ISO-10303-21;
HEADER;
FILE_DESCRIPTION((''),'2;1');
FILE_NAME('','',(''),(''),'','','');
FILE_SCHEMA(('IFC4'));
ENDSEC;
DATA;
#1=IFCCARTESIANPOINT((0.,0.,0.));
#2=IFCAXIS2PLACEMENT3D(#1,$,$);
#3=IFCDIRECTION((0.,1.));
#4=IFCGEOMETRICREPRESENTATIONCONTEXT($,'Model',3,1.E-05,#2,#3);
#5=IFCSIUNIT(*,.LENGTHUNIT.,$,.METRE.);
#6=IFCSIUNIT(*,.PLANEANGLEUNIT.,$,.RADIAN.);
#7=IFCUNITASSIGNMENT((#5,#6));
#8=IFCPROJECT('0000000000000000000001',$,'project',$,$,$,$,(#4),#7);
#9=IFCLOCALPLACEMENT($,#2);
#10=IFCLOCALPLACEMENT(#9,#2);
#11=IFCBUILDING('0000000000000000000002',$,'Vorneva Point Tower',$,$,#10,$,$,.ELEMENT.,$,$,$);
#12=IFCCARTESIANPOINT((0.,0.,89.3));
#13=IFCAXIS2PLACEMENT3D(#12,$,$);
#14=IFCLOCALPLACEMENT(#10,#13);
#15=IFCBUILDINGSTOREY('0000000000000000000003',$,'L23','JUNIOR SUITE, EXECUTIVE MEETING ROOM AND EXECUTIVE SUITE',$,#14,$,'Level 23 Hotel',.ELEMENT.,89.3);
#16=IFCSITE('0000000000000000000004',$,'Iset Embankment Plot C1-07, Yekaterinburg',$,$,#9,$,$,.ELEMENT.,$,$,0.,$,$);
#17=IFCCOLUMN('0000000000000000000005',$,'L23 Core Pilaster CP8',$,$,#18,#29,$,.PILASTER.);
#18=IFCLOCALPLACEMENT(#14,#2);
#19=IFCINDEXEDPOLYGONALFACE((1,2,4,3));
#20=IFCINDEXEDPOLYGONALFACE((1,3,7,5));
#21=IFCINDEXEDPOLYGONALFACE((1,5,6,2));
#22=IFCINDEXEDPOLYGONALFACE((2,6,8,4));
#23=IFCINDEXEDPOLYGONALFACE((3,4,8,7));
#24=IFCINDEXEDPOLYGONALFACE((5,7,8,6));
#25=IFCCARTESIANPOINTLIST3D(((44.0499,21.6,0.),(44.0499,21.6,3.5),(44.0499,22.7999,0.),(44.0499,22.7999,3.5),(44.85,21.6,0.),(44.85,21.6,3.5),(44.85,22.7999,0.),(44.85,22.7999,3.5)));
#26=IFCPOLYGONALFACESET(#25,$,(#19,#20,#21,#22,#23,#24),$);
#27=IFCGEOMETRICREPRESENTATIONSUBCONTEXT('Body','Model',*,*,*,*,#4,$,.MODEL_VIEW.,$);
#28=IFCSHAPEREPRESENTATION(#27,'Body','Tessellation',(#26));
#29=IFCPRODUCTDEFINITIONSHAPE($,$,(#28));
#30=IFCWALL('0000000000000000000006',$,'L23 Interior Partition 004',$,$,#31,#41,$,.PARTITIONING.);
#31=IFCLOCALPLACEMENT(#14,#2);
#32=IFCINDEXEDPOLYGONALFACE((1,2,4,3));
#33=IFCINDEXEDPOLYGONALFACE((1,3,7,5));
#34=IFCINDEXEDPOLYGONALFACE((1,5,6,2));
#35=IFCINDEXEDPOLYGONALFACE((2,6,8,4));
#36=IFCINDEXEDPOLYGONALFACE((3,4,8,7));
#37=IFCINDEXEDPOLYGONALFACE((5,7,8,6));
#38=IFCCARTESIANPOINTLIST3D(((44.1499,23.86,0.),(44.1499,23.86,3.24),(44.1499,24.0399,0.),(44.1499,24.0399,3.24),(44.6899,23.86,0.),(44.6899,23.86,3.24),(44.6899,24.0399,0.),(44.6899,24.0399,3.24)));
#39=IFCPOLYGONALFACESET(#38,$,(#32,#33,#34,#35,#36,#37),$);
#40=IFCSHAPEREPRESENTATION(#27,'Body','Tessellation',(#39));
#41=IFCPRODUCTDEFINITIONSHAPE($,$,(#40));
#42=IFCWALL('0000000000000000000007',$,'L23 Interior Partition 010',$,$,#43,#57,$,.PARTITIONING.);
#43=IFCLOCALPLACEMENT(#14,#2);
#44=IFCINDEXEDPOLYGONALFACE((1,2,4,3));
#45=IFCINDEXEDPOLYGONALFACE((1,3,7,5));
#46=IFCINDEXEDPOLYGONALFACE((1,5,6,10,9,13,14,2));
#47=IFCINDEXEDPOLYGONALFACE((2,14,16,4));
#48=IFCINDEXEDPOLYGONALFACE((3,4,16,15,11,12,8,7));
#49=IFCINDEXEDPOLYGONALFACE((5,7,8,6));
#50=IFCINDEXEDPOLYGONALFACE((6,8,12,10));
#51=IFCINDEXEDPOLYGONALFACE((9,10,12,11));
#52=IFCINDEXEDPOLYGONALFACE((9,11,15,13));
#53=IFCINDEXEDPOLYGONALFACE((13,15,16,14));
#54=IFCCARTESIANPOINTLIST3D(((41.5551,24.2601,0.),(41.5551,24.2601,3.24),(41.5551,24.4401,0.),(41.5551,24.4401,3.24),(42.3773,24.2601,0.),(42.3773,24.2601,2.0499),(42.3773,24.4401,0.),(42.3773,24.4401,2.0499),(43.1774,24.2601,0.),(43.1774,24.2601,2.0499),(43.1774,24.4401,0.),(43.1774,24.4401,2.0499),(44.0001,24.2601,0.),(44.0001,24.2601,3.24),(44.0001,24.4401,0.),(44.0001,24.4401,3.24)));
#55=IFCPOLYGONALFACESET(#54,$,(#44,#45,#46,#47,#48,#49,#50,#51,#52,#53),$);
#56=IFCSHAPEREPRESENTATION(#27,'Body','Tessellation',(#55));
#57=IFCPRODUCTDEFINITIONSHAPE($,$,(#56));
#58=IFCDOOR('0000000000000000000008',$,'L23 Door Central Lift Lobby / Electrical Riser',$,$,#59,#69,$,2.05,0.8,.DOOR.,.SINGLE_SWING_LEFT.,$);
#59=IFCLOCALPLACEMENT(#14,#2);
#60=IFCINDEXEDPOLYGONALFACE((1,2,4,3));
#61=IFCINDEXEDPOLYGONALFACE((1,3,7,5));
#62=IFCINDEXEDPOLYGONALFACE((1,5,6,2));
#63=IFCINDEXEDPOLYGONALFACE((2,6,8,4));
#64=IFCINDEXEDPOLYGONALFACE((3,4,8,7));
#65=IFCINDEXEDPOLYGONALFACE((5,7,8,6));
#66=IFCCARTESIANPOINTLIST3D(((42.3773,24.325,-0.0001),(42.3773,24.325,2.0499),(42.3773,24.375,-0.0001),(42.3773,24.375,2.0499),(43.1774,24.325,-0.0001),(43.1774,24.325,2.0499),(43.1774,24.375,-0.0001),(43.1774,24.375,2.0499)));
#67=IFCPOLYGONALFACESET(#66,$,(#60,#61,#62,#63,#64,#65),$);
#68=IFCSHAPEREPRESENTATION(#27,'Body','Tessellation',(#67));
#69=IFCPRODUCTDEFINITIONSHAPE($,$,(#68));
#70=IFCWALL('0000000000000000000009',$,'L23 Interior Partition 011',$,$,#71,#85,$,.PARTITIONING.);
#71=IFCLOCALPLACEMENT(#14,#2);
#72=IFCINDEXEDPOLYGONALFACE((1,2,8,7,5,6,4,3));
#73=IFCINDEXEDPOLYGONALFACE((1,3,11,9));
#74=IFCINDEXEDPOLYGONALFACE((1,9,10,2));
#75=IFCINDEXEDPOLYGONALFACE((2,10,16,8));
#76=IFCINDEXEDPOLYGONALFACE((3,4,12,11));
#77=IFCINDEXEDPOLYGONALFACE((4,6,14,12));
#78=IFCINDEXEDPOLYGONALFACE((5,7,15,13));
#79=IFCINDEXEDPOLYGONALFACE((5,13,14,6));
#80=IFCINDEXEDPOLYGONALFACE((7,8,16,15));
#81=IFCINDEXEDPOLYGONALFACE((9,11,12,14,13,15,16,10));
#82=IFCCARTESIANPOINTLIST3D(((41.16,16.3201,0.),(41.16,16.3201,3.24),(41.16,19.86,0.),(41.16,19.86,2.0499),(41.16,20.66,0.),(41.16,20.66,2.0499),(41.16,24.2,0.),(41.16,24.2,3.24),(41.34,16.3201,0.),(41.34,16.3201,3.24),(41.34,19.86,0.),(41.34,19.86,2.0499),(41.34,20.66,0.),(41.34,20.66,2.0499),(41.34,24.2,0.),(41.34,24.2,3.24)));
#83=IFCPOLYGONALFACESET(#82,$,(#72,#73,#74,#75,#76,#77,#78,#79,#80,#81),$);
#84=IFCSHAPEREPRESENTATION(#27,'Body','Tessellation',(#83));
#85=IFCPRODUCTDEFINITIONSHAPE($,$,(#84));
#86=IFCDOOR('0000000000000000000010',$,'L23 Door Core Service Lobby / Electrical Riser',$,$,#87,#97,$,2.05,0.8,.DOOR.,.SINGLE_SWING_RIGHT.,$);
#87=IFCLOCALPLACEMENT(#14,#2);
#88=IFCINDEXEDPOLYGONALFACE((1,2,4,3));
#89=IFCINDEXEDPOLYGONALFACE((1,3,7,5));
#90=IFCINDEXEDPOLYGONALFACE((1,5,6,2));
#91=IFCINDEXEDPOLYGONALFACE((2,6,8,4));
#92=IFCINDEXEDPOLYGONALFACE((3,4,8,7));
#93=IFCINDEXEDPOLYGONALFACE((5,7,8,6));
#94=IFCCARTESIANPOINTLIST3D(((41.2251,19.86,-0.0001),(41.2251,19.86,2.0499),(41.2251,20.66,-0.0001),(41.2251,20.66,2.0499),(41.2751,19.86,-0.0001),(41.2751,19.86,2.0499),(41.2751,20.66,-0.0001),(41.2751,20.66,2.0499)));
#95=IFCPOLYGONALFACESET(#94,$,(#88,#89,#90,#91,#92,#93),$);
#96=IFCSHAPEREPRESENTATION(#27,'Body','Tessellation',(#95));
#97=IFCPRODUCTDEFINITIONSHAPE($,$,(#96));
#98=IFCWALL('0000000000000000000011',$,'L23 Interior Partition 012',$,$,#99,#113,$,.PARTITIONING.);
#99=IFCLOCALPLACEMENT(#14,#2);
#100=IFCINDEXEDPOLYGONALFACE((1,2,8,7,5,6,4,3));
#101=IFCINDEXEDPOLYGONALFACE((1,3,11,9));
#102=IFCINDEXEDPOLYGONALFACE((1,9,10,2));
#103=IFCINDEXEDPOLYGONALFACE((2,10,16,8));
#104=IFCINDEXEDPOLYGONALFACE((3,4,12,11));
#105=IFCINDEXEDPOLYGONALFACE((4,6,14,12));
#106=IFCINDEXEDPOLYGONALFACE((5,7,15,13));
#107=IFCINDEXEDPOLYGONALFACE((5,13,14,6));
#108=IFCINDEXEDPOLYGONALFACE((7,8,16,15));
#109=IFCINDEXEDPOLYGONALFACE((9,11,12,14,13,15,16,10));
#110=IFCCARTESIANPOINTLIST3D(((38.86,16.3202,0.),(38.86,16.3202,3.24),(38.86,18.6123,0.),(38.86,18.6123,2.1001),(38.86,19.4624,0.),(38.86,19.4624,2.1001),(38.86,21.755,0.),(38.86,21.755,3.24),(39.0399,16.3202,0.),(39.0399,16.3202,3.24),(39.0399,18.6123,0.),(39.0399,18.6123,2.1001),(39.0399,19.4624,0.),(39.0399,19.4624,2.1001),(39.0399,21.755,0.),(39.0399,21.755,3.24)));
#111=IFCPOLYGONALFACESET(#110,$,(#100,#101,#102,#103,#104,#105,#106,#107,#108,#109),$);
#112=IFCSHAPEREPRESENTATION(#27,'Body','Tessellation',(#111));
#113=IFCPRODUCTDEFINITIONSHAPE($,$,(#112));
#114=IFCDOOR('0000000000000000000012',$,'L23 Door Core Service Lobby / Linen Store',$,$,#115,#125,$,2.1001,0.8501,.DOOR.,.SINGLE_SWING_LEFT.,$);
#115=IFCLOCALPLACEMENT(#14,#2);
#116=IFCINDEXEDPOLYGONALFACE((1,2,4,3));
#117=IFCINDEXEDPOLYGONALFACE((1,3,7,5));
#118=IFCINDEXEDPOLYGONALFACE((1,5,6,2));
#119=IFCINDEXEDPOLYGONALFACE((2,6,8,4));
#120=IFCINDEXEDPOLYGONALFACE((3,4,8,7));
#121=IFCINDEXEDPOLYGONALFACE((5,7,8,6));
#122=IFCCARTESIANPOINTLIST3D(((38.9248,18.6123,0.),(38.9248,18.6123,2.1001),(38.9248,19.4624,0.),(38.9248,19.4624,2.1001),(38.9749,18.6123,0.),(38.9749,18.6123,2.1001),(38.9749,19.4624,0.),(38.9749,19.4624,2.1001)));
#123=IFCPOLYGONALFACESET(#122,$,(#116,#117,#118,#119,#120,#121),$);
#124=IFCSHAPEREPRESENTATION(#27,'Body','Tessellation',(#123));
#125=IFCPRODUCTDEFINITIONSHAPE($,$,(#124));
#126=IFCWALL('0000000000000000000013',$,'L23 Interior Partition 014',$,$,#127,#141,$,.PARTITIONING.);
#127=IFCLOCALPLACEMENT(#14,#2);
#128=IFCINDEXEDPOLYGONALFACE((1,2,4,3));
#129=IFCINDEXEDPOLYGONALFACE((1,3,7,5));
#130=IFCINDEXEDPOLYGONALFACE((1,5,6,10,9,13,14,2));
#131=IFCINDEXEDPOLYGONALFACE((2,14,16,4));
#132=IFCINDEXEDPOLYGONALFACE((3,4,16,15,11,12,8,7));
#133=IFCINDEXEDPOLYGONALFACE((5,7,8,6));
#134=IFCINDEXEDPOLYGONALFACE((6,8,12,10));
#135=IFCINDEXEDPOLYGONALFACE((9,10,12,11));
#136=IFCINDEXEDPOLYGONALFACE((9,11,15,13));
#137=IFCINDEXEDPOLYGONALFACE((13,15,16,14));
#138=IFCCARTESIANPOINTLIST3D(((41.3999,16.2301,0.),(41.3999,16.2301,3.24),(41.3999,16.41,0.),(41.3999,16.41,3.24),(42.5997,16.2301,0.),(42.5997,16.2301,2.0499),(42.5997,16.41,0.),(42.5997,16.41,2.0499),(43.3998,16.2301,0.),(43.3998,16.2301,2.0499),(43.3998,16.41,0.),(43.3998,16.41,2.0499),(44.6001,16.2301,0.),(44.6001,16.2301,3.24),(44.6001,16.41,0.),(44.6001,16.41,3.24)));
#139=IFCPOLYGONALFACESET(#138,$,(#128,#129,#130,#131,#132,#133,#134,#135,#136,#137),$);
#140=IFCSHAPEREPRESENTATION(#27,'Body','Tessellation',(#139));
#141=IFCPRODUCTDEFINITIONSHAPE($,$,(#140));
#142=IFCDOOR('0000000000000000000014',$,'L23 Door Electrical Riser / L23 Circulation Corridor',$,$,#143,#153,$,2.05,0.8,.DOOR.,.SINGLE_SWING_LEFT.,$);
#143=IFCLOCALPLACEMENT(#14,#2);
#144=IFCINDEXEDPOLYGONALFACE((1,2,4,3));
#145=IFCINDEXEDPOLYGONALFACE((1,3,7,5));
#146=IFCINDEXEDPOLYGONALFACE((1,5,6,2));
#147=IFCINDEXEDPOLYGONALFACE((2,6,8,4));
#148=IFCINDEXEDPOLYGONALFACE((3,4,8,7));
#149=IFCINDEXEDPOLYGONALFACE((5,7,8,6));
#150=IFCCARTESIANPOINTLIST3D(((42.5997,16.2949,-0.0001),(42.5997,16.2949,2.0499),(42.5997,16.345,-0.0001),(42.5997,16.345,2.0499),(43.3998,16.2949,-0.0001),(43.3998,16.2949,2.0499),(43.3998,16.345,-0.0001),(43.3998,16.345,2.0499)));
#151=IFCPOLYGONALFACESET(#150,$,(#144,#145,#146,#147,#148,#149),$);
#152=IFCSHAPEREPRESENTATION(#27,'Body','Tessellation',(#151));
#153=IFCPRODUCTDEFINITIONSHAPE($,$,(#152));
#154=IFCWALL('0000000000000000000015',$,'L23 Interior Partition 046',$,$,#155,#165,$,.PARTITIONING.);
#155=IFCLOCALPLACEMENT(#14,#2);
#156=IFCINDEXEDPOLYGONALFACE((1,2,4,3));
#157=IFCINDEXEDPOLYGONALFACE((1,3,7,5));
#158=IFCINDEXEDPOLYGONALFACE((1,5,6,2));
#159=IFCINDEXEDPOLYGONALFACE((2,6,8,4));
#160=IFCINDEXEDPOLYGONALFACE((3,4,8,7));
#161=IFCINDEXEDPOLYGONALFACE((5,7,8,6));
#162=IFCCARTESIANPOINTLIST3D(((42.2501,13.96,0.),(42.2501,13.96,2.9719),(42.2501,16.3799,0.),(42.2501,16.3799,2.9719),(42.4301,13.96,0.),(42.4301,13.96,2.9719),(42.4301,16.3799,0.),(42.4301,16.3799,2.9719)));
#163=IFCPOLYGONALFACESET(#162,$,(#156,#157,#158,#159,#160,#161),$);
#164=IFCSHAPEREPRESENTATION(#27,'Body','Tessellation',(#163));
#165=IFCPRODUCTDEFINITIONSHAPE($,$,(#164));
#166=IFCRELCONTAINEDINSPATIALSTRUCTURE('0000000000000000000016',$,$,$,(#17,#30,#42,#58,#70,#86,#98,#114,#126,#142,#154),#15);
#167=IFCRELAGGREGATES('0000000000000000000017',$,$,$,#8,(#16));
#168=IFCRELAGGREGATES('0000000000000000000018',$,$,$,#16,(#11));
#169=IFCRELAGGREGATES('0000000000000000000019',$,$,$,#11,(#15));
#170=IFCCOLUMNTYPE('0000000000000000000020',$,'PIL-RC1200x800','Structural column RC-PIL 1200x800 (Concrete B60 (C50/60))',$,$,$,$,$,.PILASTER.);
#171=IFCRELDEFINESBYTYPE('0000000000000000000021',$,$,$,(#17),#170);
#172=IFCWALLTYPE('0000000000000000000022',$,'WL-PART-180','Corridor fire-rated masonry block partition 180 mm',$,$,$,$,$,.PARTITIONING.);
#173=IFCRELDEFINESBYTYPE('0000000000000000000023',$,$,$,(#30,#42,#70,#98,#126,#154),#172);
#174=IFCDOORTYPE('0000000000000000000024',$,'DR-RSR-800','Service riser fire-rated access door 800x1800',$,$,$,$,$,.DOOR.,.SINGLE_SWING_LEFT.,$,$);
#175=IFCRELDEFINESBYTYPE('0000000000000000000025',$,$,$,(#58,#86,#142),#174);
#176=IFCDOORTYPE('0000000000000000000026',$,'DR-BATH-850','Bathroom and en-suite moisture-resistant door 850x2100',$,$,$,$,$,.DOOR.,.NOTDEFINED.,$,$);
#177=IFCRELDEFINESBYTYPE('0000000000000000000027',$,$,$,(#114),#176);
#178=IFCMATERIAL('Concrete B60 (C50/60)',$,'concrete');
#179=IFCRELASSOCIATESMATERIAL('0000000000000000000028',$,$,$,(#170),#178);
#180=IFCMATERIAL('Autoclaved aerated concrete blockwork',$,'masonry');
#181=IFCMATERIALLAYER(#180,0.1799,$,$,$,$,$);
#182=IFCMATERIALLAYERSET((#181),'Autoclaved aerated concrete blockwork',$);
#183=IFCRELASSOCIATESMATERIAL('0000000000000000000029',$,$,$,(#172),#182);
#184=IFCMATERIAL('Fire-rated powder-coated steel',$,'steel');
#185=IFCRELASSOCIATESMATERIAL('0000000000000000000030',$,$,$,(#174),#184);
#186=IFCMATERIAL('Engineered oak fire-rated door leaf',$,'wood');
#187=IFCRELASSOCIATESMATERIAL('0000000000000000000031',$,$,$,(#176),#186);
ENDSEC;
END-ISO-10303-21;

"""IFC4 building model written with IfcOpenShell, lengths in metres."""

from ifc_helpers import new_model, si_unit, direction, frame, frame_2d, origin, origin_2d, place, context, subcontext, project, spatial, rectangle, extrude, material, layer, layer_set, material_profile, profile_set, type_object, element, fill, save


model = new_model("IFC4")

# Units and contexts
model_context = context("Model", 3, precision=1e-05, world=origin(), true_north=direction((0.0, 1.0)))
body_context = subcontext(model_context, "Body", "Model", "MODEL_VIEW")
ifc_project = project(units=[si_unit("LENGTHUNIT", "METRE"), si_unit("PLANEANGLEUNIT", "RADIAN")], contexts=[model_context])

# Site, building, storey
site_placement = place(None, origin())
site = spatial("IfcSite", under=ifc_project, at=site_placement, Name="Iset Embankment Plot C1-07, Yekaterinburg", CompositionType="ELEMENT", RefElevation=0.0)
building_placement = place(site_placement, origin())
building = spatial("IfcBuilding", under=site, at=building_placement, Name="Vorneva Point Tower", CompositionType="ELEMENT")
storey_placement = place(building_placement, frame((0.0, 0.0, 89.3)))
storey = spatial("IfcBuildingStorey", under=building, at=storey_placement, Name="L23", Description="JUNIOR SUITE, EXECUTIVE MEETING ROOM AND EXECUTIVE SUITE", LongName="Level 23 Hotel", CompositionType="ELEMENT", Elevation=89.3)

# Column
ifc_material_1 = material(Name="Concrete B60 (C50/60)", Category="concrete")
ifc_material_profile = material_profile(ifc_material_1, rectangle(XDim=0.8, YDim=1.2, at=origin_2d()), Name="RC-PIL 1200x800")
ifc_profile_set = profile_set([ifc_material_profile], Name="Concrete B60 (C50/60)")
column_type = type_object("IfcColumnType", Name="PIL-RC1200x800", Description="Structural column RC-PIL 1200x800 (Concrete B60 (C50/60))", PredefinedType="PILASTER", material=ifc_profile_set)
column_placement = place(storey_placement, frame((44.45, 22.2, 0.0), z_axis=(0.0, 0.0, 1.0), x_axis=(1.0, 0.0, 0.0)))
element("IfcColumn", 1, at=column_placement, inside=storey, type_object=column_type, Name="L23 Core Pilaster CP8", PredefinedType="PILASTER", context=body_context, shape_type="SweptSolid", body=[
    extrude(rectangle(XDim=0.8, YDim=1.2, at=origin_2d()), origin(), (0.0, 0.0, 1.0), 3.5),
])

# Wall
ifc_material_2 = material(Name="Autoclaved aerated concrete blockwork", Category="masonry")
ifc_layer_1 = layer(ifc_material_2, 0.1799)
ifc_layer_set_1 = layer_set([ifc_layer_1], Name="Autoclaved aerated concrete blockwork")
wall_type_1 = type_object("IfcWallType", Name="WL-PART-180", Description="Corridor fire-rated masonry block partition 180 mm", PredefinedType="PARTITIONING", material=ifc_layer_set_1)
wall_1_placement = place(storey_placement, frame((44.1499, 23.95, 0.0), z_axis=(0.0, 0.0, 1.0), x_axis=(1.0, 0.0, 0.0)))
element("IfcWall", 2, at=wall_1_placement, inside=storey, type_object=wall_type_1, Name="L23 Interior Partition 004", PredefinedType="PARTITIONING", context=body_context, shape_type="SweptSolid", body=[
    extrude(rectangle(XDim=0.54, YDim=0.1799, at=frame_2d((0.27, 0.0))), origin(), (0.0, 0.0, 1.0), 3.24),
])

# Walls, openings, doors
ifc_material_3 = material(Name="Fire-rated powder-coated steel", Category="steel")
wall_2_placement = place(storey_placement, frame((41.5549, 24.3501, 0.0), z_axis=(0.0, 0.0, 1.0), x_axis=(1.0, 0.0, 0.0)))
wall_2 = element("IfcWall", 3, at=wall_2_placement, inside=storey, type_object=wall_type_1, Name="L23 Interior Partition 010", PredefinedType="PARTITIONING", context=body_context, shape_type="SweptSolid", body=[
    extrude(rectangle(XDim=2.4451, YDim=0.1799, at=frame_2d((1.2227, 0.0))), origin(), (0.0, 0.0, 1.0), 3.24),
])
opening_1_placement = place(wall_2_placement, frame((0.8225, 0.0, 0.0)))
opening_1 = element("IfcOpeningElement", 4, at=opening_1_placement, cuts=wall_2, PredefinedType="OPENING", context=body_context, shape_type="SweptSolid", body=[
    extrude(rectangle(XDim=0.8, YDim=2.05, at=frame_2d((0.3999, 1.0249))), frame((0.0, 0.105, 0.0), z_axis=(0.0, -1.0, 0.0), x_axis=(1.0, 0.0, 0.0)), (0.0, 0.0, 1.0), 0.2097),
])
door_type_1 = type_object("IfcDoorType", Name="DR-RSR-800", Description="Service riser fire-rated access door 800x1800", OperationType="SINGLE_SWING_LEFT", PredefinedType="DOOR", material=ifc_material_3)
door_1_placement = place(opening_1_placement, origin())
door_1 = element("IfcDoor", 5, at=door_1_placement, inside=storey, type_object=door_type_1, Name="L23 Door Central Lift Lobby / Electrical Riser", OperationType="SINGLE_SWING_LEFT", OverallHeight=2.05, OverallWidth=0.8, PredefinedType="DOOR", context=body_context, shape_type="SweptSolid", body=[
    extrude(rectangle(XDim=0.8, YDim=2.05, at=frame_2d((0.3999, 1.0249))), frame((0.0, 0.0249, 0.0), z_axis=(0.0, -1.0, 0.0), x_axis=(1.0, 0.0, 0.0)), (0.0, 0.0, 1.0), 0.05),
])
fill(opening_1, door_1)
wall_3_placement = place(storey_placement, frame((41.25, 16.3201, 0.0), z_axis=(0.0, 0.0, 1.0), x_axis=(0.0, 1.0, 0.0)))
wall_3 = element("IfcWall", 6, at=wall_3_placement, inside=storey, type_object=wall_type_1, Name="L23 Interior Partition 011", PredefinedType="PARTITIONING", context=body_context, shape_type="SweptSolid", body=[
    extrude(rectangle(XDim=7.8799, YDim=0.1799, at=frame_2d((3.9399, 0.0))), origin(), (0.0, 0.0, 1.0), 3.24),
])
opening_2_placement = place(wall_3_placement, frame((3.54, 0.0, 0.0)))
opening_2 = element("IfcOpeningElement", 7, at=opening_2_placement, cuts=wall_3, PredefinedType="OPENING", context=body_context, shape_type="SweptSolid", body=[
    extrude(rectangle(XDim=0.8, YDim=2.05, at=frame_2d((0.3999, 1.0249))), frame((0.0, 0.105, 0.0), z_axis=(0.0, -1.0, 0.0), x_axis=(1.0, 0.0, 0.0)), (0.0, 0.0, 1.0), 0.2097),
])
door_2_placement = place(opening_2_placement, origin())
door_2 = element("IfcDoor", 8, at=door_2_placement, inside=storey, type_object=door_type_1, Name="L23 Door Core Service Lobby / Electrical Riser", OperationType="SINGLE_SWING_RIGHT", OverallHeight=2.05, OverallWidth=0.8, PredefinedType="DOOR", context=body_context, shape_type="SweptSolid", body=[
    extrude(rectangle(XDim=0.8, YDim=2.05, at=frame_2d((0.3999, 1.0249))), frame((0.0, 0.0249, 0.0), z_axis=(0.0, -1.0, 0.0), x_axis=(1.0, 0.0, 0.0)), (0.0, 0.0, 1.0), 0.05),
])
fill(opening_2, door_2)
wall_4_placement = place(storey_placement, frame((38.95, 21.7549, 0.0), z_axis=(0.0, 0.0, 1.0), x_axis=(0.0, -1.0, 0.0)))
wall_4 = element("IfcWall", 9, at=wall_4_placement, inside=storey, type_object=wall_type_1, Name="L23 Interior Partition 012", PredefinedType="PARTITIONING", context=body_context, shape_type="SweptSolid", body=[
    extrude(rectangle(XDim=5.4348, YDim=0.1799, at=frame_2d((2.7173, 0.0))), origin(), (0.0, 0.0, 1.0), 3.24),
])
opening_3_placement = place(wall_4_placement, frame((2.2925, 0.0, 0.0)))
opening_3 = element("IfcOpeningElement", 10, at=opening_3_placement, cuts=wall_4, PredefinedType="OPENING", context=body_context, shape_type="SweptSolid", body=[
    extrude(rectangle(XDim=0.8501, YDim=2.1001, at=frame_2d((0.425, 1.05))), frame((0.0, 0.105, 0.0), z_axis=(0.0, -1.0, 0.0), x_axis=(1.0, 0.0, 0.0)), (0.0, 0.0, 1.0), 0.2097),
])
ifc_material_4 = material(Name="Engineered oak fire-rated door leaf", Category="wood")
door_type_2 = type_object("IfcDoorType", Name="DR-BATH-850", Description="Bathroom and en-suite moisture-resistant door 850x2100", OperationType="NOTDEFINED", PredefinedType="DOOR", material=ifc_material_4)
door_3_placement = place(opening_3_placement, origin())
door_3 = element("IfcDoor", 11, at=door_3_placement, inside=storey, type_object=door_type_2, Name="L23 Door Core Service Lobby / Linen Store", OperationType="SINGLE_SWING_LEFT", OverallHeight=2.1001, OverallWidth=0.8501, PredefinedType="DOOR", context=body_context, shape_type="SweptSolid", body=[
    extrude(rectangle(XDim=0.8501, YDim=2.1001, at=frame_2d((0.425, 1.05))), frame((0.0, 0.0249, 0.0), z_axis=(0.0, -1.0, 0.0), x_axis=(1.0, 0.0, 0.0)), (0.0, 0.0, 1.0), 0.05),
])
fill(opening_3, door_3)
wall_5_placement = place(storey_placement, frame((41.3999, 16.3201, 0.0), z_axis=(0.0, 0.0, 1.0), x_axis=(1.0, 0.0, 0.0)))
wall_5 = element("IfcWall", 12, at=wall_5_placement, inside=storey, type_object=wall_type_1, Name="L23 Interior Partition 014", PredefinedType="PARTITIONING", context=body_context, shape_type="SweptSolid", body=[
    extrude(rectangle(XDim=3.2002, YDim=0.1799, at=frame_2d((1.6001, 0.0))), origin(), (0.0, 0.0, 1.0), 3.24),
])
opening_4_placement = place(wall_5_placement, frame((1.2, 0.0, 0.0)))
opening_4 = element("IfcOpeningElement", 13, at=opening_4_placement, cuts=wall_5, PredefinedType="OPENING", context=body_context, shape_type="SweptSolid", body=[
    extrude(rectangle(XDim=0.8, YDim=2.05, at=frame_2d((0.3999, 1.0249))), frame((0.0, 0.105, 0.0), z_axis=(0.0, -1.0, 0.0), x_axis=(1.0, 0.0, 0.0)), (0.0, 0.0, 1.0), 0.2097),
])
door_4_placement = place(opening_4_placement, origin())
door_4 = element("IfcDoor", 14, at=door_4_placement, inside=storey, type_object=door_type_1, Name="L23 Door Electrical Riser / L23 Circulation Corridor", OperationType="SINGLE_SWING_LEFT", OverallHeight=2.05, OverallWidth=0.8, PredefinedType="DOOR", context=body_context, shape_type="SweptSolid", body=[
    extrude(rectangle(XDim=0.8, YDim=2.05, at=frame_2d((0.3999, 1.0249))), frame((0.0, 0.0249, 0.0), z_axis=(0.0, -1.0, 0.0), x_axis=(1.0, 0.0, 0.0)), (0.0, 0.0, 1.0), 0.05),
])
fill(opening_4, door_4)

# Wall
wall_6_placement = place(storey_placement, frame((42.3401, 16.3799, 0.0), z_axis=(0.0, 0.0, 1.0), x_axis=(0.0, -1.0, 0.0)))
element("IfcWall", 15, at=wall_6_placement, inside=storey, type_object=wall_type_1, Name="L23 Interior Partition 046", PredefinedType="PARTITIONING", context=body_context, shape_type="SweptSolid", body=[
    extrude(rectangle(XDim=2.4199, YDim=0.1799, at=frame_2d((1.21, 0.0))), origin(), (0.0, 0.0, 1.0), 2.9719),
])

save(model, "model.ifc")
